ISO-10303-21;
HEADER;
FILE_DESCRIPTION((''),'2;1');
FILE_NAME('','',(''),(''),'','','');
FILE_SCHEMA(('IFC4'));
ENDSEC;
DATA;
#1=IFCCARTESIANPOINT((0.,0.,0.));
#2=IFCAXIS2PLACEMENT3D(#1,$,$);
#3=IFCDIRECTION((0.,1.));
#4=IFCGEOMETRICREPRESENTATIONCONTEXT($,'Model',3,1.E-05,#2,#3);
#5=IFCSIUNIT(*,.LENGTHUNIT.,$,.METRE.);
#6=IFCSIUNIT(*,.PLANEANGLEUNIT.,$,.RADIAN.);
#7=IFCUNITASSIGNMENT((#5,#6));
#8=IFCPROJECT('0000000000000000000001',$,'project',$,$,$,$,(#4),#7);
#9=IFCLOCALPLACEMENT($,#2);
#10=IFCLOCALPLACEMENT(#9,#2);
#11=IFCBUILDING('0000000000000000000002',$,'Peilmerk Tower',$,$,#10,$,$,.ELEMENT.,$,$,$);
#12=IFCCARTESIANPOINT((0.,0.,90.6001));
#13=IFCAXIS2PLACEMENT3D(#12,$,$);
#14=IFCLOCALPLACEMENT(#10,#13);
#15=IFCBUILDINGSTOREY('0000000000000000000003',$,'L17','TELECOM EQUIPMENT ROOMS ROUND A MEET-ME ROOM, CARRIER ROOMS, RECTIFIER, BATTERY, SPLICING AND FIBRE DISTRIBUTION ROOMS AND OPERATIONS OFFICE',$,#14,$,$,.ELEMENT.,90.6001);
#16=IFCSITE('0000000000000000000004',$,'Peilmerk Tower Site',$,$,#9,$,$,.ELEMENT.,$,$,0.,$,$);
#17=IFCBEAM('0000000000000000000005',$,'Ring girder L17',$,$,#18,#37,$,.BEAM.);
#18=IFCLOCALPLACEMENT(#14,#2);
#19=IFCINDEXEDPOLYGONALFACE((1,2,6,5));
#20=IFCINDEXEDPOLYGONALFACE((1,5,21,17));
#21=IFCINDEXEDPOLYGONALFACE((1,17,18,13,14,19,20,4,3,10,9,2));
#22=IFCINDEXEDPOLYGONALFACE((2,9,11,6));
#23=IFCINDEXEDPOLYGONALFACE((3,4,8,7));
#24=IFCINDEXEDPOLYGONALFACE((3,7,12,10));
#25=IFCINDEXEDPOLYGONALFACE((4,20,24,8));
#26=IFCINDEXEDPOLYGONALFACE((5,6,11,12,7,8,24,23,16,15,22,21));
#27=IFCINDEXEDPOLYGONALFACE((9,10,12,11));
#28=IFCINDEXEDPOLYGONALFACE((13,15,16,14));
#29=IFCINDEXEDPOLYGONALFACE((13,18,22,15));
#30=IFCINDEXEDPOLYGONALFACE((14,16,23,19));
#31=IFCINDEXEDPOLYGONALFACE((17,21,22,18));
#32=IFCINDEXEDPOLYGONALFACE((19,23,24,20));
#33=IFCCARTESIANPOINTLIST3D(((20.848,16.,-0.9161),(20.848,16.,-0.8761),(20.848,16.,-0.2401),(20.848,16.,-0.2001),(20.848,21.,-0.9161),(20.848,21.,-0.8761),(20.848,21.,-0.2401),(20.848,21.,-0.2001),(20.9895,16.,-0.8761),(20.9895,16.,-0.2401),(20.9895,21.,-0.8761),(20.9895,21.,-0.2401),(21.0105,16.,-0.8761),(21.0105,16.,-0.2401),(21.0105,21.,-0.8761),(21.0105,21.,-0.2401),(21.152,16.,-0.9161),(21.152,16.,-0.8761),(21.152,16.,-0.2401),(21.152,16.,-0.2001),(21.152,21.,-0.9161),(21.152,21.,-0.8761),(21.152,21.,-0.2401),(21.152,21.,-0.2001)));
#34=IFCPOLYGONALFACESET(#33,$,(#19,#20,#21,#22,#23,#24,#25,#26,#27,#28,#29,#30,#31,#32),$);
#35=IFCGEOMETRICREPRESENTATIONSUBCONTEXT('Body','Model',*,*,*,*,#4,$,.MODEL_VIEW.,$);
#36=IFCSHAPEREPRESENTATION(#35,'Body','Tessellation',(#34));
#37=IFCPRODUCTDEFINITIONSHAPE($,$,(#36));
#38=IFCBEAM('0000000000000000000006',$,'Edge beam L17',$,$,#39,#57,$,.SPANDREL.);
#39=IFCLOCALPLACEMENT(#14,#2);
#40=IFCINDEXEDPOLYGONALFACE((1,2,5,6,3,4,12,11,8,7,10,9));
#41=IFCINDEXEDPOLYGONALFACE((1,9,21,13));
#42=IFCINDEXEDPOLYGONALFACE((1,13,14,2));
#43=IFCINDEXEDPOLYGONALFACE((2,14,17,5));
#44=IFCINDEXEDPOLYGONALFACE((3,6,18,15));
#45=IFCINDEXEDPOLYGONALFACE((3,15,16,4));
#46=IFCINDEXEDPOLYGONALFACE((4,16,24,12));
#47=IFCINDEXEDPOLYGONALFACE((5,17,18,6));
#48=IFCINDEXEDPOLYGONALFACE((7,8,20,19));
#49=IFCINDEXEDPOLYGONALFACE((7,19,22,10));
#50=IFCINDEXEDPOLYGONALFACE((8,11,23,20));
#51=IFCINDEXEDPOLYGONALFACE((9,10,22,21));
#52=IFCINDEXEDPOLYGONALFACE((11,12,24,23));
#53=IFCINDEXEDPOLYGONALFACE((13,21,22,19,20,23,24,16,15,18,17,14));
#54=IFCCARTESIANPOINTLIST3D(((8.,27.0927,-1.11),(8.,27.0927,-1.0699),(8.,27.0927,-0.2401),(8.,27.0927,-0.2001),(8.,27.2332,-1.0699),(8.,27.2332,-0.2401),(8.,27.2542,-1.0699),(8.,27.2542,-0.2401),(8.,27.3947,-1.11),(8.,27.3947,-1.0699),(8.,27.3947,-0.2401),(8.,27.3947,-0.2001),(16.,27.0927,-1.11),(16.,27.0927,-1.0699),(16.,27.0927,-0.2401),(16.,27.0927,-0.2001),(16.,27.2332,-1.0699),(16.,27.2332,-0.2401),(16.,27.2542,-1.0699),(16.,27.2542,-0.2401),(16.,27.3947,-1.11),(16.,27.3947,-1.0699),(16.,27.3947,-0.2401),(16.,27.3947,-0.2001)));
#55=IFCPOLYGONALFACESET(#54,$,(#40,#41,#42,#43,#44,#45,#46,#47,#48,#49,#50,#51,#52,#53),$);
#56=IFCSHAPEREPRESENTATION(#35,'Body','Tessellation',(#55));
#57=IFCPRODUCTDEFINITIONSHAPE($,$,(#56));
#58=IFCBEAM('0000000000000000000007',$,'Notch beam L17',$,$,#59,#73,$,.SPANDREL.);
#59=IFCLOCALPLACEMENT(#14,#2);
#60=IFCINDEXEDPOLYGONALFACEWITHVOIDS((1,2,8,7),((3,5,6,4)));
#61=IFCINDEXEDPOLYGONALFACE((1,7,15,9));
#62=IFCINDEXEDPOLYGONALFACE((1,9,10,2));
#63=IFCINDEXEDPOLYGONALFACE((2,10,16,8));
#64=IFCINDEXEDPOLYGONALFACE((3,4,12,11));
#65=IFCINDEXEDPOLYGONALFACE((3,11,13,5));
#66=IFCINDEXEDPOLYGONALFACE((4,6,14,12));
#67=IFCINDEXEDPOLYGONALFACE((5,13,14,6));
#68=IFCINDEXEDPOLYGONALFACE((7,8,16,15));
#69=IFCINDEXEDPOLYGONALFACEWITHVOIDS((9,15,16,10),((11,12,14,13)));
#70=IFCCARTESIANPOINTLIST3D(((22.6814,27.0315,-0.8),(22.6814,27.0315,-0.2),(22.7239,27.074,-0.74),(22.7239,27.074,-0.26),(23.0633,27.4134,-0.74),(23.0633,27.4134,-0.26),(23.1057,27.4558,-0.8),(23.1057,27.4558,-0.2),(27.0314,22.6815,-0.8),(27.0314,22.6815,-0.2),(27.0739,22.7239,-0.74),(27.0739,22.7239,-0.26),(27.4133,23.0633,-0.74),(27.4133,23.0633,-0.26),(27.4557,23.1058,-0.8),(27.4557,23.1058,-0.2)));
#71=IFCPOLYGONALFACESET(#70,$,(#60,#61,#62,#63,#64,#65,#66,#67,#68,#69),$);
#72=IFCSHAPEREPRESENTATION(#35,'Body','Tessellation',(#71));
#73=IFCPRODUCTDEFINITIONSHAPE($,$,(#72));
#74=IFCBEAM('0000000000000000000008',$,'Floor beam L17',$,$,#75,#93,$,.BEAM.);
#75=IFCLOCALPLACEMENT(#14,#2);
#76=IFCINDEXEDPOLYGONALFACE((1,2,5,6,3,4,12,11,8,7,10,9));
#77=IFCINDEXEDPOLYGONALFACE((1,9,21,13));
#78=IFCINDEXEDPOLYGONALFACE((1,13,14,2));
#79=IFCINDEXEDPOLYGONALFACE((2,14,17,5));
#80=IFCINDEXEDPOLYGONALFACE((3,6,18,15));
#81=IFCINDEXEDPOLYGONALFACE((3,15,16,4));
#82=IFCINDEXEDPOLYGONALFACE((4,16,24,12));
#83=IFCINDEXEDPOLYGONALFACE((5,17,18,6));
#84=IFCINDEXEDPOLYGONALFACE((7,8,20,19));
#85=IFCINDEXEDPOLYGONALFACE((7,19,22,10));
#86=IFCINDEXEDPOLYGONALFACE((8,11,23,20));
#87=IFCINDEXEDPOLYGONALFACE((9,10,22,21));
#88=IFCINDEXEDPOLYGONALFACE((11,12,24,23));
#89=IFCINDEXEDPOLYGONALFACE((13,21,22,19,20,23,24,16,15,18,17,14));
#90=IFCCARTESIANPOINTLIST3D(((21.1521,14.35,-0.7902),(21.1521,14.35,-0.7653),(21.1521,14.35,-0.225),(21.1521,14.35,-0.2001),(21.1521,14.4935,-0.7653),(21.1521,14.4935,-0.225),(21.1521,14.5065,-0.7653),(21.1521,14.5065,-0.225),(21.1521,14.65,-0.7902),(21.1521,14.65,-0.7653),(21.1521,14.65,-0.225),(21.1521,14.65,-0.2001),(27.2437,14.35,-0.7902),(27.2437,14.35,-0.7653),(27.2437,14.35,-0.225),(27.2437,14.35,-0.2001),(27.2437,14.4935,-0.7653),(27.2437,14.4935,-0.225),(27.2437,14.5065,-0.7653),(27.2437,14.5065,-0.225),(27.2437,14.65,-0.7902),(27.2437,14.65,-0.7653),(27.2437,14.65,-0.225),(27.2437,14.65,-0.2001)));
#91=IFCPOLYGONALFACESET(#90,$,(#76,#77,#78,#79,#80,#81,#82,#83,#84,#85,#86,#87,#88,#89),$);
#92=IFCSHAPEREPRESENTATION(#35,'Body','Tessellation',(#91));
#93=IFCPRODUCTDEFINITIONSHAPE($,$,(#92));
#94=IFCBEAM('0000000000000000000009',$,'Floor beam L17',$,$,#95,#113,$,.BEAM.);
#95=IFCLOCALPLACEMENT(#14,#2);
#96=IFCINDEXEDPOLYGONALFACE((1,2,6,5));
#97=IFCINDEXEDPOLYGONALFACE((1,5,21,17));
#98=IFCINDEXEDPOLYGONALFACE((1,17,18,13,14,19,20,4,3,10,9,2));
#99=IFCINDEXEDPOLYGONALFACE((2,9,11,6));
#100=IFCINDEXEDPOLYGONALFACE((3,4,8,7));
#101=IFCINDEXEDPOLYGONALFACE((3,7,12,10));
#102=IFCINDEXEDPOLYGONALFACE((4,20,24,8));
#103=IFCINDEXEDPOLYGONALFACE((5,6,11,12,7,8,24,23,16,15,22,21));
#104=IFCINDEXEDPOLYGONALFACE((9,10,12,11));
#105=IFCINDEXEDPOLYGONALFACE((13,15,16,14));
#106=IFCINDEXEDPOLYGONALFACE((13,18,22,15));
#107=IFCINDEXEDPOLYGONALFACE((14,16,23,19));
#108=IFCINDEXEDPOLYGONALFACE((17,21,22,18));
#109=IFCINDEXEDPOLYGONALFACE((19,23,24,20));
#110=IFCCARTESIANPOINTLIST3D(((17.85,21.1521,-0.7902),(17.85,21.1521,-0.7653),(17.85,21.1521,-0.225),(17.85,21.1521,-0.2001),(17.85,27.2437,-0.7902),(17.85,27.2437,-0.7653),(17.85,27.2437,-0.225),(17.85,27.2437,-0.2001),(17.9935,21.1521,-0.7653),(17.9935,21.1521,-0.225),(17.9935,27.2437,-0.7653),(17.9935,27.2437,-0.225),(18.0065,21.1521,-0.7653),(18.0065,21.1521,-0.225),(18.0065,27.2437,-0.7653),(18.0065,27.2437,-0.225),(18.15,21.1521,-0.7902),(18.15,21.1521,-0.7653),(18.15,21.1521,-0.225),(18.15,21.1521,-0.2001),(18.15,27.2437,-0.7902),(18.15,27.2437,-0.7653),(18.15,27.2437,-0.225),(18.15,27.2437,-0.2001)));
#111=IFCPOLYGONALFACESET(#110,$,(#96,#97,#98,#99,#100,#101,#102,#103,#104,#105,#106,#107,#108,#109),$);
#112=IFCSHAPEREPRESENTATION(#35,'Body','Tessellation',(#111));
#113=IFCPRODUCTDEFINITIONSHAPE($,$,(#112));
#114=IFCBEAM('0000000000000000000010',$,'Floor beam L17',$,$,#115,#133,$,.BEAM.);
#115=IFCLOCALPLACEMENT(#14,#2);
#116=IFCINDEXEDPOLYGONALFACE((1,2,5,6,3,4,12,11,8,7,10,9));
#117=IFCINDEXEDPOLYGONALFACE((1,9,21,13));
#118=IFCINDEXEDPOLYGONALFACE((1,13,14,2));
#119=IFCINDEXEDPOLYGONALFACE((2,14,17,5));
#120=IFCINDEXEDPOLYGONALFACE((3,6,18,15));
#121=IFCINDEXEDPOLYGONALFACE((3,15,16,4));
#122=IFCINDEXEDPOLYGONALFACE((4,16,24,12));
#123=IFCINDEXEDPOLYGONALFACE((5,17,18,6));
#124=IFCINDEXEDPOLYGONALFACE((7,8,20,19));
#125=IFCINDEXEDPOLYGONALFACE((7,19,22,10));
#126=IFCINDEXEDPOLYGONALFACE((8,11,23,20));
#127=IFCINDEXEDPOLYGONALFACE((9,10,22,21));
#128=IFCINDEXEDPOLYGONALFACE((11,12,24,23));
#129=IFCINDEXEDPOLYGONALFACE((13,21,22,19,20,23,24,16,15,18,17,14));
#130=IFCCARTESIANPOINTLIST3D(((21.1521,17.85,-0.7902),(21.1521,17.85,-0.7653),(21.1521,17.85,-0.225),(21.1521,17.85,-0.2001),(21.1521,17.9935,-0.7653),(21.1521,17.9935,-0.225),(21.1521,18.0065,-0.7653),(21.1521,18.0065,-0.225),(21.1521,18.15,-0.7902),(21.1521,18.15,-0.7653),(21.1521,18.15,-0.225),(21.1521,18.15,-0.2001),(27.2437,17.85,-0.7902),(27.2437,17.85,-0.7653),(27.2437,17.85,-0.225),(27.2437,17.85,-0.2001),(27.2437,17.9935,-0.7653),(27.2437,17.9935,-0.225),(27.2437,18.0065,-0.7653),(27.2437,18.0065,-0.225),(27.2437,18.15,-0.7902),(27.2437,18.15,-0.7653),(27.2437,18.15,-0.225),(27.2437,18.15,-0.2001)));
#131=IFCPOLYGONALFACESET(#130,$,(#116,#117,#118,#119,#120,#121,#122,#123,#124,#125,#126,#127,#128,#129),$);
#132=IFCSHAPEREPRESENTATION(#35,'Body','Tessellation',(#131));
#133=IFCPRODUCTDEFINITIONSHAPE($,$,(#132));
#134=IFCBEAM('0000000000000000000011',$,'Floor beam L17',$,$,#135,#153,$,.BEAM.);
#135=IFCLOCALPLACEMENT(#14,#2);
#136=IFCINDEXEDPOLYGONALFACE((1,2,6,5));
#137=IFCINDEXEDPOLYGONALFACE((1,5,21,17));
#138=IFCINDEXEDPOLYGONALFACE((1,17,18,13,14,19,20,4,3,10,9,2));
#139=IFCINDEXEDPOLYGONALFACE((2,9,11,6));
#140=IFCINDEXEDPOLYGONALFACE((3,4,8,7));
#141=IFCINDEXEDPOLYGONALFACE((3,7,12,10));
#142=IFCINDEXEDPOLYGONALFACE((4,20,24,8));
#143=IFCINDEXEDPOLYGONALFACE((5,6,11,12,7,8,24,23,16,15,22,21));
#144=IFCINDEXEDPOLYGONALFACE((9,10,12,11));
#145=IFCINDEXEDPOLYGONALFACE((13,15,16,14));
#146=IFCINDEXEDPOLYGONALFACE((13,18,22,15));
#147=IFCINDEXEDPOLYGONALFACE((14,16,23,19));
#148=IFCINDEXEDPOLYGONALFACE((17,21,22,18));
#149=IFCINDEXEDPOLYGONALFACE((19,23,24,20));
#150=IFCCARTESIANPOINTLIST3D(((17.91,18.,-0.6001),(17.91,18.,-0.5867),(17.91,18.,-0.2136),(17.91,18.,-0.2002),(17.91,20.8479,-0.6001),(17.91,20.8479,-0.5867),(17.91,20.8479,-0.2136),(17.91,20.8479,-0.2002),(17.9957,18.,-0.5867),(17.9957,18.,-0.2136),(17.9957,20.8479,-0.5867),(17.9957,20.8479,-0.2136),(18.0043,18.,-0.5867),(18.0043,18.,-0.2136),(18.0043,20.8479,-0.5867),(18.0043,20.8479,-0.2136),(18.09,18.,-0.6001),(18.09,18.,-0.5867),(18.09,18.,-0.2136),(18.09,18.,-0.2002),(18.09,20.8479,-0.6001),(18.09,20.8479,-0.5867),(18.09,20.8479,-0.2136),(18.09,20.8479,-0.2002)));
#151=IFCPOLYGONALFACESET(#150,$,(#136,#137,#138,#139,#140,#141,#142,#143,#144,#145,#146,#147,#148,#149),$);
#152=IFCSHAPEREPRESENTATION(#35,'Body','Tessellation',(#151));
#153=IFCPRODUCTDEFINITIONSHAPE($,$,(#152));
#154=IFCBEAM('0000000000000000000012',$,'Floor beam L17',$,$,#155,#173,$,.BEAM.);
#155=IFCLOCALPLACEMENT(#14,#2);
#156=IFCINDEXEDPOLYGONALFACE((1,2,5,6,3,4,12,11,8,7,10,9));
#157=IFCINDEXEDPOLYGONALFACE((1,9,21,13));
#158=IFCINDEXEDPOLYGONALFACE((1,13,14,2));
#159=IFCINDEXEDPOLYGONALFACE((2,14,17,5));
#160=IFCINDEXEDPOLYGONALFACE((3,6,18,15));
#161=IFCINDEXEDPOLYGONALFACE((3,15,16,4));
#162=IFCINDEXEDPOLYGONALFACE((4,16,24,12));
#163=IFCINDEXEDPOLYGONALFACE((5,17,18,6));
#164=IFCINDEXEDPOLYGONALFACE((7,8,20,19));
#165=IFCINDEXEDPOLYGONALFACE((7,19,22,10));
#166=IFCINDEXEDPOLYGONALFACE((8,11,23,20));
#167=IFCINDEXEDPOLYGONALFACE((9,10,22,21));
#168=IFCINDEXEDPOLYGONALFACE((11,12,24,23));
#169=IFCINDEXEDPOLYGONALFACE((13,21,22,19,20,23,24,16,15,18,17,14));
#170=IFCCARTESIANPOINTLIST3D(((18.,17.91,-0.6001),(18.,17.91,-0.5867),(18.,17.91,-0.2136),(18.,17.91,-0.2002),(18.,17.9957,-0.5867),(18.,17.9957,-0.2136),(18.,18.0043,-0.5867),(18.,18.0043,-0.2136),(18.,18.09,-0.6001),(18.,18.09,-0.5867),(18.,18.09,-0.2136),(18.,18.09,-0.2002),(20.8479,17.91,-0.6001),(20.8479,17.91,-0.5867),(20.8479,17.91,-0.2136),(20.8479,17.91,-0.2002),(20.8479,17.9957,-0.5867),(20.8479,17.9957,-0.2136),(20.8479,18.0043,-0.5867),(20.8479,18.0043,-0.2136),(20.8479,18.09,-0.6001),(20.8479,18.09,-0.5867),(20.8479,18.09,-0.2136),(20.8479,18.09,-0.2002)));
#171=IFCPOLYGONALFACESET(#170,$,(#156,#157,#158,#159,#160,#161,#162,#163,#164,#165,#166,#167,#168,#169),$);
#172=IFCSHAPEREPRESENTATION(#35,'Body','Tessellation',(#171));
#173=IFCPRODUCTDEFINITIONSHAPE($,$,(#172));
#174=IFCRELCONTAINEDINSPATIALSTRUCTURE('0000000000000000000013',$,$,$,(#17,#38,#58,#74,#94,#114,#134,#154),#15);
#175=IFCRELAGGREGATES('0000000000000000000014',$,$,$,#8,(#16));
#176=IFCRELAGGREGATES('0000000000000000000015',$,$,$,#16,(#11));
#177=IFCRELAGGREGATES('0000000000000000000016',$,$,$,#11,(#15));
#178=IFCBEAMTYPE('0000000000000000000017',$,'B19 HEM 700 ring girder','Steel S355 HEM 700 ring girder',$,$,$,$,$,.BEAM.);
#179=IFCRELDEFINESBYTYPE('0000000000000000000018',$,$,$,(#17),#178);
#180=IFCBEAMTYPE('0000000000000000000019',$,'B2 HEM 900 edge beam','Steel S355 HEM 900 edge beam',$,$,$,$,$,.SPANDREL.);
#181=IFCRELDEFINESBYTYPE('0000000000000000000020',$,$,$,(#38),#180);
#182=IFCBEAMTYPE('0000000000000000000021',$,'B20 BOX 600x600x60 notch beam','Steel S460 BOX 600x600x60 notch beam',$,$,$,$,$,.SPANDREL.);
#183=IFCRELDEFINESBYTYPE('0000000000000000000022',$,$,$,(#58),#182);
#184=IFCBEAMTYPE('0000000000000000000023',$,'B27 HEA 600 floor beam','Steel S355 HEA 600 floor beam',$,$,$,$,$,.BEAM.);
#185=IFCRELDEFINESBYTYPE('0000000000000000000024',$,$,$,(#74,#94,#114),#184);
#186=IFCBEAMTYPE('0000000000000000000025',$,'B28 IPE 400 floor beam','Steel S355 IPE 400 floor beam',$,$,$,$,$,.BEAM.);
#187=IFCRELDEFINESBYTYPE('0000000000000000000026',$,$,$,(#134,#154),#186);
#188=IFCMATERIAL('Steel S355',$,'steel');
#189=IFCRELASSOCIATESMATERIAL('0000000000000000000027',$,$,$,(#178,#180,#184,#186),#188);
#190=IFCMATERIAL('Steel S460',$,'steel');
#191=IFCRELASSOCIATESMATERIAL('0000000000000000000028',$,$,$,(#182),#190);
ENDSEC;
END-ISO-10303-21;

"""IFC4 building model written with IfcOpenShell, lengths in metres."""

from ifc_helpers import new_model, si_unit, direction, frame, origin, origin_2d, place, context, subcontext, project, spatial, hollow_rectangle, i_section, extrude, material, material_profile, profile_set, type_object, element, save


model = new_model("IFC4")

# Units and contexts
model_context = context("Model", 3, precision=1e-05, world=origin(), true_north=direction((0.0, 1.0)))
body_context = subcontext(model_context, "Body", "Model", "MODEL_VIEW")
ifc_project = project(units=[si_unit("LENGTHUNIT", "METRE"), si_unit("PLANEANGLEUNIT", "RADIAN")], contexts=[model_context])

# Site, building, storey
site_placement = place(None, origin())
site = spatial("IfcSite", under=ifc_project, at=site_placement, Name="Peilmerk Tower Site", CompositionType="ELEMENT", RefElevation=0.0)
building_placement = place(site_placement, origin())
building = spatial("IfcBuilding", under=site, at=building_placement, Name="Peilmerk Tower", CompositionType="ELEMENT")
storey_placement = place(building_placement, frame((0.0, 0.0, 90.6001)))
storey = spatial("IfcBuildingStorey", under=building, at=storey_placement, Name="L17", Description="TELECOM EQUIPMENT ROOMS ROUND A MEET-ME ROOM, CARRIER ROOMS, RECTIFIER, BATTERY, SPLICING AND FIBRE DISTRIBUTION ROOMS AND OPERATIONS OFFICE", CompositionType="ELEMENT", Elevation=90.6001)

# Shared definitions
ifc_material_1 = material(Name="Steel S460", Category="steel")

# Beams
ifc_material_2 = material(Name="Steel S355", Category="steel")
ifc_material_profile_1 = material_profile(ifc_material_2, i_section(OverallWidth=0.304, OverallDepth=0.7161, WebThickness=0.021, FlangeThickness=0.04, at=origin_2d()), Name="HEM 700")
ifc_profile_set_1 = profile_set([ifc_material_profile_1], Name="Steel S355")
beam_type_1 = type_object("IfcBeamType", Name="B19 HEM 700 ring girder", Description="Steel S355 HEM 700 ring girder", PredefinedType="BEAM", material=ifc_profile_set_1)
for number, where, z_axis, x_axis, name in (
    (1, (21.0, 16.0, -0.5581), (0.0, 1.0, 0.0), (-1.0, 0.0, 0.0), "Ring girder L17"),
):
    element("IfcBeam", number, at=place(storey_placement, frame(where, z_axis=z_axis, x_axis=x_axis)), inside=storey, type_object=beam_type_1, Name=name, PredefinedType="BEAM", context=body_context, shape_type="SweptSolid", body=[
        extrude(i_section(OverallWidth=0.304, OverallDepth=0.7161, WebThickness=0.021, FlangeThickness=0.04, at=origin_2d()), origin(), (0.0, 0.0, 1.0), 5.0),
    ])
ifc_material_profile_2 = material_profile(ifc_material_2, i_section(OverallWidth=0.302, OverallDepth=0.9099, WebThickness=0.021, FlangeThickness=0.04, at=origin_2d()), Name="HEM 900")
ifc_profile_set_2 = profile_set([ifc_material_profile_2], Name="Steel S355")
beam_type_2 = type_object("IfcBeamType", Name="B2 HEM 900 edge beam", Description="Steel S355 HEM 900 edge beam", PredefinedType="SPANDREL", material=ifc_profile_set_2)
beam_1_placement = place(storey_placement, frame((16.0, 27.2437, -0.655), z_axis=(-1.0, 0.0, 0.0), x_axis=(0.0, -1.0, 0.0)))
element("IfcBeam", 2, at=beam_1_placement, inside=storey, type_object=beam_type_2, Name="Edge beam L17", PredefinedType="SPANDREL", context=body_context, shape_type="SweptSolid", body=[
    extrude(i_section(OverallWidth=0.302, OverallDepth=0.9099, WebThickness=0.021, FlangeThickness=0.04, at=origin_2d()), origin(), (0.0, 0.0, 1.0), 8.0),
])
ifc_material_profile_3 = material_profile(ifc_material_1, hollow_rectangle(XDim=0.6001, YDim=0.6001, WallThickness=0.0601, at=origin_2d()), Name="BOX 600x600x60")
ifc_profile_set_3 = profile_set([ifc_material_profile_3], Name="Steel S460")
beam_type_3 = type_object("IfcBeamType", Name="B20 BOX 600x600x60 notch beam", Description="Steel S460 BOX 600x600x60 notch beam", PredefinedType="SPANDREL", material=ifc_profile_set_3)
beam_2_placement = place(storey_placement, frame((22.8936, 27.2437, -0.5), z_axis=(0.707107, -0.707107, 0.0), x_axis=(0.707107, 0.707107, 0.0)))
element("IfcBeam", 3, at=beam_2_placement, inside=storey, type_object=beam_type_3, Name="Notch beam L17", PredefinedType="SPANDREL", context=body_context, shape_type="SweptSolid", body=[
    extrude(hollow_rectangle(XDim=0.6001, YDim=0.6001, WallThickness=0.0601, at=origin_2d()), origin(), (0.0, 0.0, 1.0), 6.1519),
])
ifc_material_profile_4 = material_profile(ifc_material_2, i_section(OverallWidth=0.3, OverallDepth=0.5901, WebThickness=0.0129, FlangeThickness=0.0249, at=origin_2d()), Name="HEA 600")
ifc_profile_set_4 = profile_set([ifc_material_profile_4], Name="Steel S355")
beam_type_4 = type_object("IfcBeamType", Name="B27 HEA 600 floor beam", Description="Steel S355 HEA 600 floor beam", PredefinedType="BEAM", material=ifc_profile_set_4)
for number, where, z_axis, x_axis, name in (
    (4, (21.1521, 14.5, -0.4951), (1.0, 0.0, 0.0), (0.0, 1.0, 0.0), "Floor beam L17"),
    (5, (18.0, 21.1521, -0.4951), (0.0, 1.0, 0.0), (-1.0, 0.0, 0.0), "Floor beam L17"),
    (6, (21.1521, 18.0, -0.4951), (1.0, 0.0, 0.0), (0.0, 1.0, 0.0), "Floor beam L17"),
):
    element("IfcBeam", number, at=place(storey_placement, frame(where, z_axis=z_axis, x_axis=x_axis)), inside=storey, type_object=beam_type_4, Name=name, PredefinedType="BEAM", context=body_context, shape_type="SweptSolid", body=[
        extrude(i_section(OverallWidth=0.3, OverallDepth=0.5901, WebThickness=0.0129, FlangeThickness=0.0249, at=origin_2d()), origin(), (0.0, 0.0, 1.0), 6.0916),
    ])
ifc_material_profile_5 = material_profile(ifc_material_2, i_section(OverallWidth=0.1799, OverallDepth=0.3999, WebThickness=0.0085, FlangeThickness=0.0134, at=origin_2d()), Name="IPE 400")
ifc_profile_set_5 = profile_set([ifc_material_profile_5], Name="Steel S355")
beam_type_5 = type_object("IfcBeamType", Name="B28 IPE 400 floor beam", Description="Steel S355 IPE 400 floor beam", PredefinedType="BEAM", material=ifc_profile_set_5)
for number, where, z_axis, x_axis, name in (
    (7, (18.0, 18.0, -0.4001), (0.0, 1.0, 0.0), (-1.0, 0.0, 0.0), "Floor beam L17"),
    (8, (18.0, 18.0, -0.4001), (1.0, 0.0, 0.0), (0.0, 1.0, 0.0), "Floor beam L17"),
):
    element("IfcBeam", number, at=place(storey_placement, frame(where, z_axis=z_axis, x_axis=x_axis)), inside=storey, type_object=beam_type_5, Name=name, PredefinedType="BEAM", context=body_context, shape_type="SweptSolid", body=[
        extrude(i_section(OverallWidth=0.1799, OverallDepth=0.3999, WebThickness=0.0085, FlangeThickness=0.0134, at=origin_2d()), origin(), (0.0, 0.0, 1.0), 2.8479),
    ])

save(model, "model.ifc")
